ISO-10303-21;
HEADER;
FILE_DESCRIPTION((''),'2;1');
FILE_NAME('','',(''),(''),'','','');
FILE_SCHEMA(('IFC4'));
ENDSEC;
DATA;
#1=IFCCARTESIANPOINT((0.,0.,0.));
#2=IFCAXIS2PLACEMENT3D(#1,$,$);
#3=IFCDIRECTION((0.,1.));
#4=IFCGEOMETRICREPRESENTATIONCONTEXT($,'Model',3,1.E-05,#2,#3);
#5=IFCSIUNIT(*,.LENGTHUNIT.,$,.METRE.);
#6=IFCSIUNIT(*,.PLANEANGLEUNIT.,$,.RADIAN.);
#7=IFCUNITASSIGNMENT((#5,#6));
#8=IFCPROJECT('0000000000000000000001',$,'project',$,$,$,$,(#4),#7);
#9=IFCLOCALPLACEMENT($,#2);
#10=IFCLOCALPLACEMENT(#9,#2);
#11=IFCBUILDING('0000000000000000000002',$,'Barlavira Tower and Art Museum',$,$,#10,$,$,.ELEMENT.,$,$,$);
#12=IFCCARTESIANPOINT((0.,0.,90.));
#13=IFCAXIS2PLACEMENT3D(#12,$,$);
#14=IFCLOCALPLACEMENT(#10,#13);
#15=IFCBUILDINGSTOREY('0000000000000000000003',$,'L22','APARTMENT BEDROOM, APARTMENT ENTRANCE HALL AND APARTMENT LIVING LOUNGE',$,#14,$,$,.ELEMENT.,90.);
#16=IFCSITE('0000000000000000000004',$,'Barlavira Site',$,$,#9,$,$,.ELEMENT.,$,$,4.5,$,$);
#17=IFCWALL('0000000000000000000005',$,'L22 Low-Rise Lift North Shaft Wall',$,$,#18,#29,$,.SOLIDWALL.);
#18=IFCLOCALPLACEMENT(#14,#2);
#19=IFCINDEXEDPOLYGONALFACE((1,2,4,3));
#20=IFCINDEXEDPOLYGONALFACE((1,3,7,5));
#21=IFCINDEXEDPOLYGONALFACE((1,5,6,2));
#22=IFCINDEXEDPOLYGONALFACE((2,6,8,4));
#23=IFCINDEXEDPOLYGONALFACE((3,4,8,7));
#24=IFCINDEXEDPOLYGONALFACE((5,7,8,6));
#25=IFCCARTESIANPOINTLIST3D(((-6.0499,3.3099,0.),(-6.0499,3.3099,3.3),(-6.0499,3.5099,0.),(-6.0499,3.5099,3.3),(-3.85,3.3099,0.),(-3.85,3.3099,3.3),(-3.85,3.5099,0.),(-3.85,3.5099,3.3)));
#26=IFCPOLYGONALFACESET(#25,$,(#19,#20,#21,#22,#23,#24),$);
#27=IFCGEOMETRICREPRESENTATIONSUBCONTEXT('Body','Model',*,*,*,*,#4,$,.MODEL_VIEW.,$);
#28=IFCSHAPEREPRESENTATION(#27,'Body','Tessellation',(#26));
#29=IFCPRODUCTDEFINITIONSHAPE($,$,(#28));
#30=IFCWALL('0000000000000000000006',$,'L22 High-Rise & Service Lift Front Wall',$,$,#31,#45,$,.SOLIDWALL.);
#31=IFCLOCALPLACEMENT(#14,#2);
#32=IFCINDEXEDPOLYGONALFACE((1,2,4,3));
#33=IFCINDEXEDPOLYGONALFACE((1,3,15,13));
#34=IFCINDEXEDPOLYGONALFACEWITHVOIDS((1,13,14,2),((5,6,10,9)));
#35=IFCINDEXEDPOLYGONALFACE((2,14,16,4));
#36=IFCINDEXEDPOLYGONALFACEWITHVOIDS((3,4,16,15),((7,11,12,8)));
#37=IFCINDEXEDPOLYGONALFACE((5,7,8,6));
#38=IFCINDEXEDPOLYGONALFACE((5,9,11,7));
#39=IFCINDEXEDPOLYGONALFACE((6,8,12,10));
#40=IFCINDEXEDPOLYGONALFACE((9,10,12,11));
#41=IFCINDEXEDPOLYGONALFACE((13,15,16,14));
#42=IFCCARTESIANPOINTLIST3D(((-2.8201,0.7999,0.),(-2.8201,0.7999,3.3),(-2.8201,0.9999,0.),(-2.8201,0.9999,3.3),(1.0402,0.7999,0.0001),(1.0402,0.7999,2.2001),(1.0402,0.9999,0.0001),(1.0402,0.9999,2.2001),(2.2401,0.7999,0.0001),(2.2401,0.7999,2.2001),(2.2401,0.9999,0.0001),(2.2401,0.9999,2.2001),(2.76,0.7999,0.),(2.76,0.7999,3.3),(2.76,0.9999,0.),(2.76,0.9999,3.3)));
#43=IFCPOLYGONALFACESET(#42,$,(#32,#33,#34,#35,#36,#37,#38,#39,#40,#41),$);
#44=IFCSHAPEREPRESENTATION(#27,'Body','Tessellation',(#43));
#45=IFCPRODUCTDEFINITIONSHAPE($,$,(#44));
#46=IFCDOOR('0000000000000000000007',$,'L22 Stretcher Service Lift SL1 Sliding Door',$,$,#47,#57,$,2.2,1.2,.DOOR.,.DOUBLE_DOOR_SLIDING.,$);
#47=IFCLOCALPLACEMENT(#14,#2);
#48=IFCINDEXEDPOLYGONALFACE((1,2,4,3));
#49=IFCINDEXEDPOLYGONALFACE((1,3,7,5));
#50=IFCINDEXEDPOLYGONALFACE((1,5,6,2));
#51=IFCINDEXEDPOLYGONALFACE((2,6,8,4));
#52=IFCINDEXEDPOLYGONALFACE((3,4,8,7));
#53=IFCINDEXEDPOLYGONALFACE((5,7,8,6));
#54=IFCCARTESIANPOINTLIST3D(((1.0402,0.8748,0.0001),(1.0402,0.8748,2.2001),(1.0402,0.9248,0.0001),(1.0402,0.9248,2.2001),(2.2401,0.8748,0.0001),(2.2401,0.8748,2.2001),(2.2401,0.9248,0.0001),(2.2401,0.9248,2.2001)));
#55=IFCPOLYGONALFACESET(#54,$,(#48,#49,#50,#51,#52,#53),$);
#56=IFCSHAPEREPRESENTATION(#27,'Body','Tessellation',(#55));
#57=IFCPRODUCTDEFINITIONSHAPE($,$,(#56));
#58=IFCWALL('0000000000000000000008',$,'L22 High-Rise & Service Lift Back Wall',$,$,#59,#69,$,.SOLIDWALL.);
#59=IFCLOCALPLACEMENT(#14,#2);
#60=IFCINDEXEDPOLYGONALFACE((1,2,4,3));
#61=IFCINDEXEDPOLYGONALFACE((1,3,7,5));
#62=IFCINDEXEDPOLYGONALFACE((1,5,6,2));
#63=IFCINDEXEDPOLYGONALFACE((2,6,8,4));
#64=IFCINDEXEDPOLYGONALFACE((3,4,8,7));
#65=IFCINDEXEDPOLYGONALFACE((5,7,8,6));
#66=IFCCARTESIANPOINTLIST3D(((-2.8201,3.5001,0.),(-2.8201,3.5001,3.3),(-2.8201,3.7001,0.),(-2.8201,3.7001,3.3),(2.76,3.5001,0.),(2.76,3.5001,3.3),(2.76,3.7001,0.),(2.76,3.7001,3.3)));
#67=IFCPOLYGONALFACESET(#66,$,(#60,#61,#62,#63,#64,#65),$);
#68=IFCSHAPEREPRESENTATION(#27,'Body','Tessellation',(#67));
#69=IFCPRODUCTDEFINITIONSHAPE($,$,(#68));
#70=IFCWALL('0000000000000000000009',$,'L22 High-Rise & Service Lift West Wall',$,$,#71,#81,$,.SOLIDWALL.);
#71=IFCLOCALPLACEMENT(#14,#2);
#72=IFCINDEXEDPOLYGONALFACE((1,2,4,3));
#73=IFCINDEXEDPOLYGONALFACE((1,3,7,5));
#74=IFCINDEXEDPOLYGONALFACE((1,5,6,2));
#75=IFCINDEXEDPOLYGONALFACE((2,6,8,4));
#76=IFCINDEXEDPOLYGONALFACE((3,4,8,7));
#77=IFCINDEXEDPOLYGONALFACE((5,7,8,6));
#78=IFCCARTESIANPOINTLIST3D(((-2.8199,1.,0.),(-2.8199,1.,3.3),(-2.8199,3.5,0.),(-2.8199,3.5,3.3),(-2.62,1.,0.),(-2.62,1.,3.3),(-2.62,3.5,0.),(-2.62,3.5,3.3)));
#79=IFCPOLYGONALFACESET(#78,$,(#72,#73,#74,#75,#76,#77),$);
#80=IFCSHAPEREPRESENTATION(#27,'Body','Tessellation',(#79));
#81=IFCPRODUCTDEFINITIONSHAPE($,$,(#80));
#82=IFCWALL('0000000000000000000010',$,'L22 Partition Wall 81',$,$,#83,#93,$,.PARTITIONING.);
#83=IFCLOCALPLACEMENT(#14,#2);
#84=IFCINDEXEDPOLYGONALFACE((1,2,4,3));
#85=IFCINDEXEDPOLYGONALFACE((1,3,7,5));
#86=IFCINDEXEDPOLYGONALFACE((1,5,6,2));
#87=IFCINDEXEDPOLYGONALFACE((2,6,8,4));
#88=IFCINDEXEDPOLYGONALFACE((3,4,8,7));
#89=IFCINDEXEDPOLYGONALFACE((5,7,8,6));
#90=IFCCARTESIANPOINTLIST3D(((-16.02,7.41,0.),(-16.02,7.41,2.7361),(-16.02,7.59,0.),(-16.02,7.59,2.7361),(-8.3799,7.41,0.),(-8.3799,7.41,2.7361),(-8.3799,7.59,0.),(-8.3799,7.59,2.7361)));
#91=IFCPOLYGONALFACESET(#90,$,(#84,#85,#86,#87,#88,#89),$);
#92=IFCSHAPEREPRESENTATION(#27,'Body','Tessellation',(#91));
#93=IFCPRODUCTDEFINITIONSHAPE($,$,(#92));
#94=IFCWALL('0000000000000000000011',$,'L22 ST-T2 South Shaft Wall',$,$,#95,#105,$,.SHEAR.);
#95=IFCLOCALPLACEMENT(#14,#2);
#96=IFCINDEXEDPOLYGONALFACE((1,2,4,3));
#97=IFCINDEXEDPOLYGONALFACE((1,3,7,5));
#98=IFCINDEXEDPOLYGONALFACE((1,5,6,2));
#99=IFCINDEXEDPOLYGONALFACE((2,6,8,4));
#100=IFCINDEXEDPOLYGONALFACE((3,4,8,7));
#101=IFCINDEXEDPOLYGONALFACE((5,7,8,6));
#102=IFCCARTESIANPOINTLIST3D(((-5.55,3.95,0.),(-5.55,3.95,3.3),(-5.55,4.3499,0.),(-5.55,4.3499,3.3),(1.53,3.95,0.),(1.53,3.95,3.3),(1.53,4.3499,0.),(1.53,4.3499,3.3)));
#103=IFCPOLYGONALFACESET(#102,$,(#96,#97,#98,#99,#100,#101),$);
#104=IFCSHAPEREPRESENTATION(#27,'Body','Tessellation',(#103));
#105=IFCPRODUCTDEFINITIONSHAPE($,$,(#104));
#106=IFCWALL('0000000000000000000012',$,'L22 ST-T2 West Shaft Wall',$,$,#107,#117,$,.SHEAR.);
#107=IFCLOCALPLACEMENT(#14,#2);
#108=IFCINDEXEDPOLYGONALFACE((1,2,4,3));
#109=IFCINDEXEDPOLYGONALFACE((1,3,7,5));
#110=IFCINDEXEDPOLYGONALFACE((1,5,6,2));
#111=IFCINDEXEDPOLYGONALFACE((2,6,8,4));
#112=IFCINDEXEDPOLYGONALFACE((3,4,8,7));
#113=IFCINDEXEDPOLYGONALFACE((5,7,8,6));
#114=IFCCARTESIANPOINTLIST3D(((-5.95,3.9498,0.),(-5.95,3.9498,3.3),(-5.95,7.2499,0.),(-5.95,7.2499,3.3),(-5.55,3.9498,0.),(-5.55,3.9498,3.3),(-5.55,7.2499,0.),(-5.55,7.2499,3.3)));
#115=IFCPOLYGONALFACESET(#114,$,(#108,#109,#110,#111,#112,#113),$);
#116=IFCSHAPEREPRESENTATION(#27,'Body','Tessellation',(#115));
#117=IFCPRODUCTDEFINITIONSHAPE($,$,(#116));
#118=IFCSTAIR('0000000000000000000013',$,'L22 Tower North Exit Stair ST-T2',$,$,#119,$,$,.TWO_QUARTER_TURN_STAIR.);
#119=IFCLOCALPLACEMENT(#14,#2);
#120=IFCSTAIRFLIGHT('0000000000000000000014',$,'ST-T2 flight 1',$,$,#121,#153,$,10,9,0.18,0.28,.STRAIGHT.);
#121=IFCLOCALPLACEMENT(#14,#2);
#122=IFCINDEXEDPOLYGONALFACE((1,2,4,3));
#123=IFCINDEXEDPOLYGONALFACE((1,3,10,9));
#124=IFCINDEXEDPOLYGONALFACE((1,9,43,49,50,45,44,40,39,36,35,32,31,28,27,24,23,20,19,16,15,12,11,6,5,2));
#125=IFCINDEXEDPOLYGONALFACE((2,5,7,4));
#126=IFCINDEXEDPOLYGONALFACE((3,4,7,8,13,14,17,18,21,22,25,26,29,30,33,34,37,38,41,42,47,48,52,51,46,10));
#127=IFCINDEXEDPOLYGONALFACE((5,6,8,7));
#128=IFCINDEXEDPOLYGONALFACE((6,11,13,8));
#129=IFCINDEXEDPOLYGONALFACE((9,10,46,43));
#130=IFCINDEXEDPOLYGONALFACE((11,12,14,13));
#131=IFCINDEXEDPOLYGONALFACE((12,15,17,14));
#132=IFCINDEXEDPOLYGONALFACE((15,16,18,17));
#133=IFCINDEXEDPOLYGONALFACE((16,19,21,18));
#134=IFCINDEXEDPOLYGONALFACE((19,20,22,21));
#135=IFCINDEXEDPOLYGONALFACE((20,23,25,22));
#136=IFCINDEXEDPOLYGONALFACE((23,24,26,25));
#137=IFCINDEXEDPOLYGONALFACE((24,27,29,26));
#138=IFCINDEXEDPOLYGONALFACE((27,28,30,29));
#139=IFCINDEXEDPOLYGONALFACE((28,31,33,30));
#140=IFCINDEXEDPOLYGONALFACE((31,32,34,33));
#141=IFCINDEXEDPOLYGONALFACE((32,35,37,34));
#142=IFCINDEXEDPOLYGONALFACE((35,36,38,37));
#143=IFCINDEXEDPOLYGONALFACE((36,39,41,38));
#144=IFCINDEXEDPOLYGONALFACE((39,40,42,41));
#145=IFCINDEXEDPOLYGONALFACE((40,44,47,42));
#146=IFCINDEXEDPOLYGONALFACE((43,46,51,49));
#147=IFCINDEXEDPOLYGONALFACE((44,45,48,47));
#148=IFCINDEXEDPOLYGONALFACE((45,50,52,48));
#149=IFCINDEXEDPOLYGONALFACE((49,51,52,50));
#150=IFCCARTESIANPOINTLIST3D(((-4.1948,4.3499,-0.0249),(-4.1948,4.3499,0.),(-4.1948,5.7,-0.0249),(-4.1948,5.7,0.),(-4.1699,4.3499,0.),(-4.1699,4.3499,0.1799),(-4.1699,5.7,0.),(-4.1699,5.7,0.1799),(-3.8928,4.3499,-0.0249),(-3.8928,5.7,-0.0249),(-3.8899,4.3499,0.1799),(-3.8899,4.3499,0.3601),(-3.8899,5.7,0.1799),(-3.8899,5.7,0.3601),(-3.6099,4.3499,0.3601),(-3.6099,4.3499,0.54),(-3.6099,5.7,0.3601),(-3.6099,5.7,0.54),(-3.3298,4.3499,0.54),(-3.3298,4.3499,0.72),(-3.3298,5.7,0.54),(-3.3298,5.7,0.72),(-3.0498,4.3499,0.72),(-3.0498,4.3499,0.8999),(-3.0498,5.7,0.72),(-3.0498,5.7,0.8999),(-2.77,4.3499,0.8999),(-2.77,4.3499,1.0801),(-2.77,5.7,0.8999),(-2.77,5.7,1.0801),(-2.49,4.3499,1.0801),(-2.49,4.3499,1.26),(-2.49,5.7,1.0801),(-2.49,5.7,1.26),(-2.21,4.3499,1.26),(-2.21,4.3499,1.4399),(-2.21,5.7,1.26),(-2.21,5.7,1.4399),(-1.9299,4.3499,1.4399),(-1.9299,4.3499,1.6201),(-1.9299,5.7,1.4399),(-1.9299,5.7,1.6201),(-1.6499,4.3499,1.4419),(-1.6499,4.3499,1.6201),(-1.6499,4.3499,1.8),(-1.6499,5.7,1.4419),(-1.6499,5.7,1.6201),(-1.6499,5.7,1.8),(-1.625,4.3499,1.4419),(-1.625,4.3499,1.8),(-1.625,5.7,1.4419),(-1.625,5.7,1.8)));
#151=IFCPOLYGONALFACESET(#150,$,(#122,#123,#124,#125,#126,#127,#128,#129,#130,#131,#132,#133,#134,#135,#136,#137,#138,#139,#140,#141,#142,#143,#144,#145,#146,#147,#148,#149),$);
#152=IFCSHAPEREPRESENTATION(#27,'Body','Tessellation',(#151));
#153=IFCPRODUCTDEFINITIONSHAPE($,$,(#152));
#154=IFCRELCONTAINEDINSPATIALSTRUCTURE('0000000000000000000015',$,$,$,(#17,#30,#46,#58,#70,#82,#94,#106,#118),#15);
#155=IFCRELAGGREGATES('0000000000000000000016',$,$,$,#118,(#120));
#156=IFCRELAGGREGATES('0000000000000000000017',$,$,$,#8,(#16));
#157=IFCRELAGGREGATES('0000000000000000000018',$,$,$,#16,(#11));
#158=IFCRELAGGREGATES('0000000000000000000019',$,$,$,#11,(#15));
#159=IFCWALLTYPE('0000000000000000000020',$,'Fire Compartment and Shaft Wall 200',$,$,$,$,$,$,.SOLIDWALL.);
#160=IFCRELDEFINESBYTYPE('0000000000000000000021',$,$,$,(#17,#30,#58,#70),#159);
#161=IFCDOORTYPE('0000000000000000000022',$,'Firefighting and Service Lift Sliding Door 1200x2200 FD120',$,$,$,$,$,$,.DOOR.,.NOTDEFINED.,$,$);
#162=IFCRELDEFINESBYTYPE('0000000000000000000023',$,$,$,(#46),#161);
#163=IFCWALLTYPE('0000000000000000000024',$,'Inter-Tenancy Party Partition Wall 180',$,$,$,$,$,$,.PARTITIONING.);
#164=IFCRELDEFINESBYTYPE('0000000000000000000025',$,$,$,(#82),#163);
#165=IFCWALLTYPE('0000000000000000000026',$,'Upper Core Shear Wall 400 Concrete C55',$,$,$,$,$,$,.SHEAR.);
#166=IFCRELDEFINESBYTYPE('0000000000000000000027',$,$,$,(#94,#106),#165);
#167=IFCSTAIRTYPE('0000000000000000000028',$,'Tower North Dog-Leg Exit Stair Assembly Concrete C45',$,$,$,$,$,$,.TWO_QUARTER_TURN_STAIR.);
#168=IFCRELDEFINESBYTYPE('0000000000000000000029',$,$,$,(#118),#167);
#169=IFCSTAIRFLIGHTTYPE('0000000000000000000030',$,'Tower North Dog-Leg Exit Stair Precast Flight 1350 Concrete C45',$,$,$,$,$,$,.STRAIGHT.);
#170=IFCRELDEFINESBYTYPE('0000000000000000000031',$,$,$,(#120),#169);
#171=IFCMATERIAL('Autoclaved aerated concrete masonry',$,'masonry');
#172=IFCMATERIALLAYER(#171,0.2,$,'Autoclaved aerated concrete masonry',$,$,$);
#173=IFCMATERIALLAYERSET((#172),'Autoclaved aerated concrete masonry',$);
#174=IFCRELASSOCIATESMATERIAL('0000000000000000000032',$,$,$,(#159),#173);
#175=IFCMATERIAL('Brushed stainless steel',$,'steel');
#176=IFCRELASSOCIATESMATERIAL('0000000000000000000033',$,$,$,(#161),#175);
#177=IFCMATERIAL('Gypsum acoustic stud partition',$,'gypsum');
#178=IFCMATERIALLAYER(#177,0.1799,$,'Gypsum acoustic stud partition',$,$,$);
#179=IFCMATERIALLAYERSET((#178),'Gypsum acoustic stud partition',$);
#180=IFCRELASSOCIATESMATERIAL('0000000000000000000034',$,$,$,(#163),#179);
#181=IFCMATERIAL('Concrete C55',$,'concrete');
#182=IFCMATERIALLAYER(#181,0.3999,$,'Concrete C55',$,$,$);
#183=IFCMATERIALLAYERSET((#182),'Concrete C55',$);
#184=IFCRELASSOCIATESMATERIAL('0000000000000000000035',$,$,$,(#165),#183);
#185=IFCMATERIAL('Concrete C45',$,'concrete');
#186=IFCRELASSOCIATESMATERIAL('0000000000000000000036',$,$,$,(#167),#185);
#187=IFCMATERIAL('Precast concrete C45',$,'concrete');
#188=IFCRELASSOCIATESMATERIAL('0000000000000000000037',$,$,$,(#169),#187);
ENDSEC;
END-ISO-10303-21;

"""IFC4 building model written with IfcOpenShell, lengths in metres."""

from ifc_helpers import new_model, si_unit, direction, frame, frame_2d, origin, place, context, subcontext, project, spatial, polyline, rectangle, outline, extrude, material, layer, layer_set, type_object, element, fill, aggregate, save


model = new_model("IFC4")

# Units and contexts
model_context = context("Model", 3, precision=1e-05, world=origin(), true_north=direction((0.0, 1.0)))
body_context = subcontext(model_context, "Body", "Model", "MODEL_VIEW")
ifc_project = project(units=[si_unit("LENGTHUNIT", "METRE"), si_unit("PLANEANGLEUNIT", "RADIAN")], contexts=[model_context])

# Site, building, storey
site_placement = place(None, origin())
site = spatial("IfcSite", under=ifc_project, at=site_placement, Name="Barlavira Site", CompositionType="ELEMENT", RefElevation=4.5)
building_placement = place(site_placement, origin())
building = spatial("IfcBuilding", under=site, at=building_placement, Name="Barlavira Tower and Art Museum", CompositionType="ELEMENT")
storey_placement = place(building_placement, frame((0.0, 0.0, 90.0)))
storey = spatial("IfcBuildingStorey", under=building, at=storey_placement, Name="L22", Description="APARTMENT BEDROOM, APARTMENT ENTRANCE HALL AND APARTMENT LIVING LOUNGE", CompositionType="ELEMENT", Elevation=90.0)

# Shared definitions
ifc_material_1 = material(Name="Concrete C45", Category="concrete")

# Shared definitions
ifc_material_2 = material(Name="Gypsum acoustic stud partition", Category="gypsum")
ifc_material_3 = material(Name="Brushed stainless steel", Category="steel")

# Wall
ifc_material_4 = material(Name="Autoclaved aerated concrete masonry", Category="masonry")
ifc_layer_1 = layer(ifc_material_4, 0.2, Name="Autoclaved aerated concrete masonry")
ifc_layer_set_1 = layer_set([ifc_layer_1], Name="Autoclaved aerated concrete masonry")
wall_type_1 = type_object("IfcWallType", Name="Fire Compartment and Shaft Wall 200", PredefinedType="SOLIDWALL", material=ifc_layer_set_1)
wall_1_placement = place(storey_placement, frame((-6.05, 3.4099, 0.0), z_axis=(0.0, 0.0, 1.0), x_axis=(1.0, 0.0, 0.0)))
element("IfcWall", 1, at=wall_1_placement, inside=storey, type_object=wall_type_1, Name="L22 Low-Rise Lift North Shaft Wall", PredefinedType="SOLIDWALL", context=body_context, shape_type="SweptSolid", body=[
    extrude(rectangle(XDim=2.2, YDim=0.2, at=frame_2d((1.1001, 0.0))), origin(), (0.0, 0.0, 1.0), 3.3),
])

# Wall, opening, door
wall_2_placement = place(storey_placement, frame((-2.8201, 0.8999, 0.0), z_axis=(0.0, 0.0, 1.0), x_axis=(1.0, 0.0, 0.0)))
wall_2 = element("IfcWall", 2, at=wall_2_placement, inside=storey, type_object=wall_type_1, Name="L22 High-Rise & Service Lift Front Wall", PredefinedType="SOLIDWALL", context=body_context, shape_type="SweptSolid", body=[
    extrude(rectangle(XDim=5.5801, YDim=0.2, at=frame_2d((2.79, 0.0))), origin(), (0.0, 0.0, 1.0), 3.3),
])
opening_1_placement = place(wall_2_placement, frame((3.8601, 0.0, 0.0)))
opening_1 = element("IfcOpeningElement", 3, at=opening_1_placement, cuts=wall_2, PredefinedType="OPENING", context=body_context, shape_type="SweptSolid", body=[
    extrude(rectangle(XDim=1.2, YDim=2.2, at=frame_2d((0.6001, 1.1001))), frame((0.0, 0.1099, 0.0), z_axis=(0.0, -1.0, 0.0), x_axis=(1.0, 0.0, 0.0)), (0.0, 0.0, 1.0), 0.22),
])
door_type_1 = type_object("IfcDoorType", Name="Firefighting and Service Lift Sliding Door 1200x2200 FD120", OperationType="NOTDEFINED", PredefinedType="DOOR", material=ifc_material_3)
door_1_placement = place(opening_1_placement, origin())
door_1 = element("IfcDoor", 4, at=door_1_placement, inside=storey, type_object=door_type_1, Name="L22 Stretcher Service Lift SL1 Sliding Door", OperationType="DOUBLE_DOOR_SLIDING", OverallHeight=2.2, OverallWidth=1.2, PredefinedType="DOOR", context=body_context, shape_type="SweptSolid", body=[
    extrude(rectangle(XDim=1.2, YDim=2.2, at=frame_2d((0.6001, 1.1001))), frame((0.0, 0.0249, 0.0), z_axis=(0.0, -1.0, 0.0), x_axis=(1.0, 0.0, 0.0)), (0.0, 0.0, 1.0), 0.05),
])
fill(opening_1, door_1)

# Walls
wall_3_placement = place(storey_placement, frame((-2.8201, 3.6001, 0.0), z_axis=(0.0, 0.0, 1.0), x_axis=(1.0, 0.0, 0.0)))
element("IfcWall", 5, at=wall_3_placement, inside=storey, type_object=wall_type_1, Name="L22 High-Rise & Service Lift Back Wall", PredefinedType="SOLIDWALL", context=body_context, shape_type="SweptSolid", body=[
    extrude(rectangle(XDim=5.5801, YDim=0.2, at=frame_2d((2.79, 0.0))), origin(), (0.0, 0.0, 1.0), 3.3),
])
wall_4_placement = place(storey_placement, frame((-2.72, 1.0, 0.0), z_axis=(0.0, 0.0, 1.0), x_axis=(0.0, 1.0, 0.0)))
element("IfcWall", 6, at=wall_4_placement, inside=storey, type_object=wall_type_1, Name="L22 High-Rise & Service Lift West Wall", PredefinedType="SOLIDWALL", context=body_context, shape_type="SweptSolid", body=[
    extrude(rectangle(XDim=2.5, YDim=0.2, at=frame_2d((1.25, 0.0))), origin(), (0.0, 0.0, 1.0), 3.3),
])
ifc_layer_2 = layer(ifc_material_2, 0.1799, Name="Gypsum acoustic stud partition")
ifc_layer_set_2 = layer_set([ifc_layer_2], Name="Gypsum acoustic stud partition")
wall_type_2 = type_object("IfcWallType", Name="Inter-Tenancy Party Partition Wall 180", PredefinedType="PARTITIONING", material=ifc_layer_set_2)
wall_5_placement = place(storey_placement, frame((-16.02, 7.5, 0.0), z_axis=(0.0, 0.0, 1.0), x_axis=(1.0, 0.0, 0.0)))
element("IfcWall", 7, at=wall_5_placement, inside=storey, type_object=wall_type_2, Name="L22 Partition Wall 81", PredefinedType="PARTITIONING", context=body_context, shape_type="SweptSolid", body=[
    extrude(rectangle(XDim=7.6401, YDim=0.1799, at=frame_2d((3.8201, 0.0))), origin(), (0.0, 0.0, 1.0), 2.7361),
])
ifc_material_5 = material(Name="Concrete C55", Category="concrete")
ifc_layer_3 = layer(ifc_material_5, 0.3999, Name="Concrete C55")
ifc_layer_set_3 = layer_set([ifc_layer_3], Name="Concrete C55")
wall_type_3 = type_object("IfcWallType", Name="Upper Core Shear Wall 400 Concrete C55", PredefinedType="SHEAR", material=ifc_layer_set_3)
wall_6_placement = place(storey_placement, frame((-5.55, 4.1499, 0.0), z_axis=(0.0, 0.0, 1.0), x_axis=(1.0, 0.0, 0.0)))
element("IfcWall", 8, at=wall_6_placement, inside=storey, type_object=wall_type_3, Name="L22 ST-T2 South Shaft Wall", PredefinedType="SHEAR", context=body_context, shape_type="SweptSolid", body=[
    extrude(rectangle(XDim=7.0801, YDim=0.3999, at=frame_2d((3.54, 0.0))), origin(), (0.0, 0.0, 1.0), 3.3),
])
wall_7_placement = place(storey_placement, frame((-5.75, 3.95, 0.0), z_axis=(0.0, 0.0, 1.0), x_axis=(0.0, 1.0, 0.0)))
element("IfcWall", 9, at=wall_7_placement, inside=storey, type_object=wall_type_3, Name="L22 ST-T2 West Shaft Wall", PredefinedType="SHEAR", context=body_context, shape_type="SweptSolid", body=[
    extrude(rectangle(XDim=3.3, YDim=0.3999, at=frame_2d((1.6499, 0.0))), origin(), (0.0, 0.0, 1.0), 3.3),
])

# Stair, stair flight
stair_type_1 = type_object("IfcStairType", Name="Tower North Dog-Leg Exit Stair Assembly Concrete C45", PredefinedType="TWO_QUARTER_TURN_STAIR", material=ifc_material_1)
stair_1_placement = place(storey_placement, origin())
stair_1 = element("IfcStair", 10, at=stair_1_placement, inside=storey, type_object=stair_type_1, Name="L22 Tower North Exit Stair ST-T2", PredefinedType="TWO_QUARTER_TURN_STAIR")
ifc_material_6 = material(Name="Precast concrete C45", Category="concrete")
stair_flight_type = type_object("IfcStairFlightType", Name="Tower North Dog-Leg Exit Stair Precast Flight 1350 Concrete C45", PredefinedType="STRAIGHT", material=ifc_material_6)
stair_flight_1_placement = place(storey_placement, frame((-4.1699, 5.0249, 0.0), z_axis=(0.0, 0.0, 1.0), x_axis=(1.0, 0.0, 0.0)))
stair_flight_1 = element("IfcStairFlight", 11, at=stair_flight_1_placement, type_object=stair_flight_type, Name="ST-T2 flight 1", NumberOfRisers=10, NumberOfTreads=9, PredefinedType="STRAIGHT", RiserHeight=0.18, TreadLength=0.28, context=body_context, shape_type="SweptSolid", body=[
    extrude(outline(polyline([(-0.0249, 0.0), (0.0, 0.0), (0.0, 0.1799), (0.28, 0.1799), (0.28, 0.3601), (0.5601, 0.3601), (0.5601, 0.54), (0.8401, 0.54), (0.8401, 0.72), (1.1201, 0.72), (1.1201, 0.8999), (1.3999, 0.8999), (1.3999, 1.0801), (1.6799, 1.0801), (1.6799, 1.26), (1.96, 1.26), (1.96, 1.4399), (2.24, 1.4399), (2.24, 1.6201), (2.52, 1.6201), (2.52, 1.8), (2.5449, 1.8), (2.5449, 1.4419), (2.52, 1.4419), (0.2771, -0.0249), (-0.0249, -0.0249), (-0.0249, 0.0)])), frame((0.0, 0.675, 0.0), z_axis=(0.0, -1.0, 0.0), x_axis=(1.0, 0.0, 0.0)), (0.0, 0.0, 1.0), 1.3501),
])
aggregate(stair_1, [stair_flight_1])

save(model, "model.ifc")
